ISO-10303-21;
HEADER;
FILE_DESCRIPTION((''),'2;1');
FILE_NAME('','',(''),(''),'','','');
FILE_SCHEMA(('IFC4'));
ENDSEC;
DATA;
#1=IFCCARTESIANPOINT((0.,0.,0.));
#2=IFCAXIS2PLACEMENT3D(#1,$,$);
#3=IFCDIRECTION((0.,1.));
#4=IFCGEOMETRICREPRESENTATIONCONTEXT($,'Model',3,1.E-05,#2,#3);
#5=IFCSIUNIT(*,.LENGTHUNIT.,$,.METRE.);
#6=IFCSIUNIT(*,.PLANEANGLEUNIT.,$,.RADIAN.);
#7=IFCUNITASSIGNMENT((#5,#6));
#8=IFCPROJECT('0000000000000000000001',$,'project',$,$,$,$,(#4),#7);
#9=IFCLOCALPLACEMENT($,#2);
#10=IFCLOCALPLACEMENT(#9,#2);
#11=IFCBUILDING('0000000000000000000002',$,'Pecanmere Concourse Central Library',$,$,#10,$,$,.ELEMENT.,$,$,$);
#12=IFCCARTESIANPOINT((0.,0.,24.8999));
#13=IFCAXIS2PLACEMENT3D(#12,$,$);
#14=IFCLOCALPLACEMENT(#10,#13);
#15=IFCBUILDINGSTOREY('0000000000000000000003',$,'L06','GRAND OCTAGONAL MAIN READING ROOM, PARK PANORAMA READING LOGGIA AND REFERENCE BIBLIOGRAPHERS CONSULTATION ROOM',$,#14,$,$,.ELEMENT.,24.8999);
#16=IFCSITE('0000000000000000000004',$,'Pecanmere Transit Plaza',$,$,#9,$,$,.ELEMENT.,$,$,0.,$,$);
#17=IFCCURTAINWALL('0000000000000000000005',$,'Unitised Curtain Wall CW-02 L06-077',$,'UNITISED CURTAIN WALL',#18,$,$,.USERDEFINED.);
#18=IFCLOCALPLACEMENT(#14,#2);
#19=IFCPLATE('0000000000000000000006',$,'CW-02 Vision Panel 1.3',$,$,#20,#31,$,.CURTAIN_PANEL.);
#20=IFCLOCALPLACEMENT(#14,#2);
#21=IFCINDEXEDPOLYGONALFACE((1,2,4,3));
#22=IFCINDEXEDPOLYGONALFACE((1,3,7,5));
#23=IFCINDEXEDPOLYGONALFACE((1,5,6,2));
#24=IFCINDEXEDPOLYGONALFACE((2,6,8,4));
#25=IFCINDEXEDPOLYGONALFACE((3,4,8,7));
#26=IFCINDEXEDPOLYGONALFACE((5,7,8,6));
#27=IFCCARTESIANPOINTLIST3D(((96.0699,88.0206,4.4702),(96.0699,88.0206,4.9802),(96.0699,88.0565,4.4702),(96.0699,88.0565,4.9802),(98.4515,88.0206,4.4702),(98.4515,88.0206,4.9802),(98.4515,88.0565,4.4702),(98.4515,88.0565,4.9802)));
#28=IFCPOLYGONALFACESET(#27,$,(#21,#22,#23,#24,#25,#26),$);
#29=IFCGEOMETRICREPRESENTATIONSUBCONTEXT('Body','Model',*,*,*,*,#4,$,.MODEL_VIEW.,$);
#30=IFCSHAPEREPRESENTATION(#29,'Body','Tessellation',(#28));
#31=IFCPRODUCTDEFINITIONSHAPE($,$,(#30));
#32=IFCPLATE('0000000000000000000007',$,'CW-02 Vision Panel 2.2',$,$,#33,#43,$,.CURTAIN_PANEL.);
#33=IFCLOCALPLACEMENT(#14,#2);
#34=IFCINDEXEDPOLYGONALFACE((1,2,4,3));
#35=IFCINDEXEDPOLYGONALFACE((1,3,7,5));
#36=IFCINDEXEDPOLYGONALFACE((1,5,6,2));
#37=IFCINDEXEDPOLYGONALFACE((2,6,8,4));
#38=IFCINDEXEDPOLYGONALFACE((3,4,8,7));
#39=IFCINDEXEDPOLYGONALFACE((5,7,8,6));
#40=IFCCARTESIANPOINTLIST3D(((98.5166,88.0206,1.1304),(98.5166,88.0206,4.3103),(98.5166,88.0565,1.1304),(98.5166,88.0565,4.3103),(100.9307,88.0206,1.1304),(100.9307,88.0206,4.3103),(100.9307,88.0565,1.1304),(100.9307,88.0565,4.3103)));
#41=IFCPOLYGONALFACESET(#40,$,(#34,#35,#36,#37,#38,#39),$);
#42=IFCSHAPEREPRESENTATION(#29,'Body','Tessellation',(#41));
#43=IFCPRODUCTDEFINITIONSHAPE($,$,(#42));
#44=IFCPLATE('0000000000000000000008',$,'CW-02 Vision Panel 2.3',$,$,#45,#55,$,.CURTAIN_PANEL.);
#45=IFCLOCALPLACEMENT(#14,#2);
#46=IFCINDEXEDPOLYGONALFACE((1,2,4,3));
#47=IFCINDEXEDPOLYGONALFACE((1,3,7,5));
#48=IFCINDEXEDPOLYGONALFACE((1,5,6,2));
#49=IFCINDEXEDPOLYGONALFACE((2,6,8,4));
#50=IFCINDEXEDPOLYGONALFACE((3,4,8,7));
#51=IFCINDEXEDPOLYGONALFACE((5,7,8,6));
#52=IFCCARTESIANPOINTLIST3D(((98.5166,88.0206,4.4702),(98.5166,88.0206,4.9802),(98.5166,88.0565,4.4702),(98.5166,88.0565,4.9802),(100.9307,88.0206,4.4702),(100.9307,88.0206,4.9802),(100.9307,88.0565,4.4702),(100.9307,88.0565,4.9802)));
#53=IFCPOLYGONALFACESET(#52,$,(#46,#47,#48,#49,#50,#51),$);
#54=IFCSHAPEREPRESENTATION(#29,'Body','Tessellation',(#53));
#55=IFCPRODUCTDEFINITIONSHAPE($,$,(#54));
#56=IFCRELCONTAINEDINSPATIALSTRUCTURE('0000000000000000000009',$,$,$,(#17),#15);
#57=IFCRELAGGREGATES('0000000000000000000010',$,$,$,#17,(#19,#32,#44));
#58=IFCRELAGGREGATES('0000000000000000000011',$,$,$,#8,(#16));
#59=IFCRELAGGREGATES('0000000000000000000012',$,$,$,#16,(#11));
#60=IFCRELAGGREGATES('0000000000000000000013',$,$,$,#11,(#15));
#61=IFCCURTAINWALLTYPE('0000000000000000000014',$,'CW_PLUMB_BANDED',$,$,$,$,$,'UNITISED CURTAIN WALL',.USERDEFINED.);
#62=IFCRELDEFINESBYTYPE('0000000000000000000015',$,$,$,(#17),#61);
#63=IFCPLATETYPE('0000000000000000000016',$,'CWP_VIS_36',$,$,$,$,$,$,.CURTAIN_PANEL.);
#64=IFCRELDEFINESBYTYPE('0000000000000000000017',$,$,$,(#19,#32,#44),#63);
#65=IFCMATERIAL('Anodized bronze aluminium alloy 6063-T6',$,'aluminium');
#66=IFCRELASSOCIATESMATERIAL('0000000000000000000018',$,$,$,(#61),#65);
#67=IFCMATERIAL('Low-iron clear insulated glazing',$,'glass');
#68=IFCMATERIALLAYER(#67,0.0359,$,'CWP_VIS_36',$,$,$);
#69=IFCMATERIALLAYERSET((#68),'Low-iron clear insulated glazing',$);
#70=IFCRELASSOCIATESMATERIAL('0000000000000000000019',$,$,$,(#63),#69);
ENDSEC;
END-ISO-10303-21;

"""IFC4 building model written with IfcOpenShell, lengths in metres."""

from ifc_helpers import new_model, si_unit, direction, frame, origin, origin_2d, place, context, subcontext, project, spatial, rectangle, extrude, material, layer, layer_set, type_object, element, aggregate, save


model = new_model("IFC4")

# Units and contexts
model_context = context("Model", 3, precision=1e-05, world=origin(), true_north=direction((0.0, 1.0)))
body_context = subcontext(model_context, "Body", "Model", "MODEL_VIEW")
ifc_project = project(units=[si_unit("LENGTHUNIT", "METRE"), si_unit("PLANEANGLEUNIT", "RADIAN")], contexts=[model_context])

# Site, building, storey
site_placement = place(None, origin())
site = spatial("IfcSite", under=ifc_project, at=site_placement, Name="Pecanmere Transit Plaza", CompositionType="ELEMENT", RefElevation=0.0)
building_placement = place(site_placement, origin())
building = spatial("IfcBuilding", under=site, at=building_placement, Name="Pecanmere Concourse Central Library", CompositionType="ELEMENT")
storey_placement = place(building_placement, frame((0.0, 0.0, 24.8999)))
storey = spatial("IfcBuildingStorey", under=building, at=storey_placement, Name="L06", Description="GRAND OCTAGONAL MAIN READING ROOM, PARK PANORAMA READING LOGGIA AND REFERENCE BIBLIOGRAPHERS CONSULTATION ROOM", CompositionType="ELEMENT", Elevation=24.8999)

# Curtain wall
ifc_material_1 = material(Name="Anodized bronze aluminium alloy 6063-T6", Category="aluminium")
curtain_wall_type = type_object("IfcCurtainWallType", Name="CW_PLUMB_BANDED", ElementType="UNITISED CURTAIN WALL", PredefinedType="USERDEFINED", material=ifc_material_1)
curtain_wall_placement = place(storey_placement, origin())
curtain_wall = element("IfcCurtainWall", 1, at=curtain_wall_placement, inside=storey, type_object=curtain_wall_type, Name="Unitised Curtain Wall CW-02 L06-077", ObjectType="UNITISED CURTAIN WALL", PredefinedType="USERDEFINED")

# Plates
ifc_material_2 = material(Name="Low-iron clear insulated glazing", Category="glass")
ifc_layer_1 = layer(ifc_material_2, 0.0359, Name="CWP_VIS_36")
ifc_layer_set_1 = layer_set([ifc_layer_1], Name="Low-iron clear insulated glazing")
plate_type_1 = type_object("IfcPlateType", Name="CWP_VIS_36", PredefinedType="CURTAIN_PANEL", material=ifc_layer_set_1)
plate_1_placement = place(storey_placement, frame((97.2607, 88.0386, 4.4702), z_axis=(0.0, 0.0, 1.0), x_axis=(1.0, 0.0, 0.0)))
plate_1 = element("IfcPlate", 2, at=plate_1_placement, type_object=plate_type_1, Name="CW-02 Vision Panel 1.3", PredefinedType="CURTAIN_PANEL", context=body_context, shape_type="SweptSolid", body=[
    extrude(rectangle(XDim=2.3816, YDim=0.0359, at=origin_2d()), origin(), (0.0, 0.0, 1.0), 0.51),
])
plate_2_placement = place(storey_placement, frame((99.7236, 88.0386, 1.1304), z_axis=(0.0, 0.0, 1.0), x_axis=(1.0, 0.0, 0.0)))
plate_2 = element("IfcPlate", 3, at=plate_2_placement, type_object=plate_type_1, Name="CW-02 Vision Panel 2.2", PredefinedType="CURTAIN_PANEL", context=body_context, shape_type="SweptSolid", body=[
    extrude(rectangle(XDim=2.4141, YDim=0.0359, at=origin_2d()), origin(), (0.0, 0.0, 1.0), 3.1799),
])
plate_3_placement = place(storey_placement, frame((99.7236, 88.0386, 4.4702), z_axis=(0.0, 0.0, 1.0), x_axis=(1.0, 0.0, 0.0)))
plate_3 = element("IfcPlate", 4, at=plate_3_placement, type_object=plate_type_1, Name="CW-02 Vision Panel 2.3", PredefinedType="CURTAIN_PANEL", context=body_context, shape_type="SweptSolid", body=[
    extrude(rectangle(XDim=2.4141, YDim=0.0359, at=origin_2d()), origin(), (0.0, 0.0, 1.0), 0.51),
])
aggregate(curtain_wall, [plate_1, plate_2, plate_3])

save(model, "model.ifc")
